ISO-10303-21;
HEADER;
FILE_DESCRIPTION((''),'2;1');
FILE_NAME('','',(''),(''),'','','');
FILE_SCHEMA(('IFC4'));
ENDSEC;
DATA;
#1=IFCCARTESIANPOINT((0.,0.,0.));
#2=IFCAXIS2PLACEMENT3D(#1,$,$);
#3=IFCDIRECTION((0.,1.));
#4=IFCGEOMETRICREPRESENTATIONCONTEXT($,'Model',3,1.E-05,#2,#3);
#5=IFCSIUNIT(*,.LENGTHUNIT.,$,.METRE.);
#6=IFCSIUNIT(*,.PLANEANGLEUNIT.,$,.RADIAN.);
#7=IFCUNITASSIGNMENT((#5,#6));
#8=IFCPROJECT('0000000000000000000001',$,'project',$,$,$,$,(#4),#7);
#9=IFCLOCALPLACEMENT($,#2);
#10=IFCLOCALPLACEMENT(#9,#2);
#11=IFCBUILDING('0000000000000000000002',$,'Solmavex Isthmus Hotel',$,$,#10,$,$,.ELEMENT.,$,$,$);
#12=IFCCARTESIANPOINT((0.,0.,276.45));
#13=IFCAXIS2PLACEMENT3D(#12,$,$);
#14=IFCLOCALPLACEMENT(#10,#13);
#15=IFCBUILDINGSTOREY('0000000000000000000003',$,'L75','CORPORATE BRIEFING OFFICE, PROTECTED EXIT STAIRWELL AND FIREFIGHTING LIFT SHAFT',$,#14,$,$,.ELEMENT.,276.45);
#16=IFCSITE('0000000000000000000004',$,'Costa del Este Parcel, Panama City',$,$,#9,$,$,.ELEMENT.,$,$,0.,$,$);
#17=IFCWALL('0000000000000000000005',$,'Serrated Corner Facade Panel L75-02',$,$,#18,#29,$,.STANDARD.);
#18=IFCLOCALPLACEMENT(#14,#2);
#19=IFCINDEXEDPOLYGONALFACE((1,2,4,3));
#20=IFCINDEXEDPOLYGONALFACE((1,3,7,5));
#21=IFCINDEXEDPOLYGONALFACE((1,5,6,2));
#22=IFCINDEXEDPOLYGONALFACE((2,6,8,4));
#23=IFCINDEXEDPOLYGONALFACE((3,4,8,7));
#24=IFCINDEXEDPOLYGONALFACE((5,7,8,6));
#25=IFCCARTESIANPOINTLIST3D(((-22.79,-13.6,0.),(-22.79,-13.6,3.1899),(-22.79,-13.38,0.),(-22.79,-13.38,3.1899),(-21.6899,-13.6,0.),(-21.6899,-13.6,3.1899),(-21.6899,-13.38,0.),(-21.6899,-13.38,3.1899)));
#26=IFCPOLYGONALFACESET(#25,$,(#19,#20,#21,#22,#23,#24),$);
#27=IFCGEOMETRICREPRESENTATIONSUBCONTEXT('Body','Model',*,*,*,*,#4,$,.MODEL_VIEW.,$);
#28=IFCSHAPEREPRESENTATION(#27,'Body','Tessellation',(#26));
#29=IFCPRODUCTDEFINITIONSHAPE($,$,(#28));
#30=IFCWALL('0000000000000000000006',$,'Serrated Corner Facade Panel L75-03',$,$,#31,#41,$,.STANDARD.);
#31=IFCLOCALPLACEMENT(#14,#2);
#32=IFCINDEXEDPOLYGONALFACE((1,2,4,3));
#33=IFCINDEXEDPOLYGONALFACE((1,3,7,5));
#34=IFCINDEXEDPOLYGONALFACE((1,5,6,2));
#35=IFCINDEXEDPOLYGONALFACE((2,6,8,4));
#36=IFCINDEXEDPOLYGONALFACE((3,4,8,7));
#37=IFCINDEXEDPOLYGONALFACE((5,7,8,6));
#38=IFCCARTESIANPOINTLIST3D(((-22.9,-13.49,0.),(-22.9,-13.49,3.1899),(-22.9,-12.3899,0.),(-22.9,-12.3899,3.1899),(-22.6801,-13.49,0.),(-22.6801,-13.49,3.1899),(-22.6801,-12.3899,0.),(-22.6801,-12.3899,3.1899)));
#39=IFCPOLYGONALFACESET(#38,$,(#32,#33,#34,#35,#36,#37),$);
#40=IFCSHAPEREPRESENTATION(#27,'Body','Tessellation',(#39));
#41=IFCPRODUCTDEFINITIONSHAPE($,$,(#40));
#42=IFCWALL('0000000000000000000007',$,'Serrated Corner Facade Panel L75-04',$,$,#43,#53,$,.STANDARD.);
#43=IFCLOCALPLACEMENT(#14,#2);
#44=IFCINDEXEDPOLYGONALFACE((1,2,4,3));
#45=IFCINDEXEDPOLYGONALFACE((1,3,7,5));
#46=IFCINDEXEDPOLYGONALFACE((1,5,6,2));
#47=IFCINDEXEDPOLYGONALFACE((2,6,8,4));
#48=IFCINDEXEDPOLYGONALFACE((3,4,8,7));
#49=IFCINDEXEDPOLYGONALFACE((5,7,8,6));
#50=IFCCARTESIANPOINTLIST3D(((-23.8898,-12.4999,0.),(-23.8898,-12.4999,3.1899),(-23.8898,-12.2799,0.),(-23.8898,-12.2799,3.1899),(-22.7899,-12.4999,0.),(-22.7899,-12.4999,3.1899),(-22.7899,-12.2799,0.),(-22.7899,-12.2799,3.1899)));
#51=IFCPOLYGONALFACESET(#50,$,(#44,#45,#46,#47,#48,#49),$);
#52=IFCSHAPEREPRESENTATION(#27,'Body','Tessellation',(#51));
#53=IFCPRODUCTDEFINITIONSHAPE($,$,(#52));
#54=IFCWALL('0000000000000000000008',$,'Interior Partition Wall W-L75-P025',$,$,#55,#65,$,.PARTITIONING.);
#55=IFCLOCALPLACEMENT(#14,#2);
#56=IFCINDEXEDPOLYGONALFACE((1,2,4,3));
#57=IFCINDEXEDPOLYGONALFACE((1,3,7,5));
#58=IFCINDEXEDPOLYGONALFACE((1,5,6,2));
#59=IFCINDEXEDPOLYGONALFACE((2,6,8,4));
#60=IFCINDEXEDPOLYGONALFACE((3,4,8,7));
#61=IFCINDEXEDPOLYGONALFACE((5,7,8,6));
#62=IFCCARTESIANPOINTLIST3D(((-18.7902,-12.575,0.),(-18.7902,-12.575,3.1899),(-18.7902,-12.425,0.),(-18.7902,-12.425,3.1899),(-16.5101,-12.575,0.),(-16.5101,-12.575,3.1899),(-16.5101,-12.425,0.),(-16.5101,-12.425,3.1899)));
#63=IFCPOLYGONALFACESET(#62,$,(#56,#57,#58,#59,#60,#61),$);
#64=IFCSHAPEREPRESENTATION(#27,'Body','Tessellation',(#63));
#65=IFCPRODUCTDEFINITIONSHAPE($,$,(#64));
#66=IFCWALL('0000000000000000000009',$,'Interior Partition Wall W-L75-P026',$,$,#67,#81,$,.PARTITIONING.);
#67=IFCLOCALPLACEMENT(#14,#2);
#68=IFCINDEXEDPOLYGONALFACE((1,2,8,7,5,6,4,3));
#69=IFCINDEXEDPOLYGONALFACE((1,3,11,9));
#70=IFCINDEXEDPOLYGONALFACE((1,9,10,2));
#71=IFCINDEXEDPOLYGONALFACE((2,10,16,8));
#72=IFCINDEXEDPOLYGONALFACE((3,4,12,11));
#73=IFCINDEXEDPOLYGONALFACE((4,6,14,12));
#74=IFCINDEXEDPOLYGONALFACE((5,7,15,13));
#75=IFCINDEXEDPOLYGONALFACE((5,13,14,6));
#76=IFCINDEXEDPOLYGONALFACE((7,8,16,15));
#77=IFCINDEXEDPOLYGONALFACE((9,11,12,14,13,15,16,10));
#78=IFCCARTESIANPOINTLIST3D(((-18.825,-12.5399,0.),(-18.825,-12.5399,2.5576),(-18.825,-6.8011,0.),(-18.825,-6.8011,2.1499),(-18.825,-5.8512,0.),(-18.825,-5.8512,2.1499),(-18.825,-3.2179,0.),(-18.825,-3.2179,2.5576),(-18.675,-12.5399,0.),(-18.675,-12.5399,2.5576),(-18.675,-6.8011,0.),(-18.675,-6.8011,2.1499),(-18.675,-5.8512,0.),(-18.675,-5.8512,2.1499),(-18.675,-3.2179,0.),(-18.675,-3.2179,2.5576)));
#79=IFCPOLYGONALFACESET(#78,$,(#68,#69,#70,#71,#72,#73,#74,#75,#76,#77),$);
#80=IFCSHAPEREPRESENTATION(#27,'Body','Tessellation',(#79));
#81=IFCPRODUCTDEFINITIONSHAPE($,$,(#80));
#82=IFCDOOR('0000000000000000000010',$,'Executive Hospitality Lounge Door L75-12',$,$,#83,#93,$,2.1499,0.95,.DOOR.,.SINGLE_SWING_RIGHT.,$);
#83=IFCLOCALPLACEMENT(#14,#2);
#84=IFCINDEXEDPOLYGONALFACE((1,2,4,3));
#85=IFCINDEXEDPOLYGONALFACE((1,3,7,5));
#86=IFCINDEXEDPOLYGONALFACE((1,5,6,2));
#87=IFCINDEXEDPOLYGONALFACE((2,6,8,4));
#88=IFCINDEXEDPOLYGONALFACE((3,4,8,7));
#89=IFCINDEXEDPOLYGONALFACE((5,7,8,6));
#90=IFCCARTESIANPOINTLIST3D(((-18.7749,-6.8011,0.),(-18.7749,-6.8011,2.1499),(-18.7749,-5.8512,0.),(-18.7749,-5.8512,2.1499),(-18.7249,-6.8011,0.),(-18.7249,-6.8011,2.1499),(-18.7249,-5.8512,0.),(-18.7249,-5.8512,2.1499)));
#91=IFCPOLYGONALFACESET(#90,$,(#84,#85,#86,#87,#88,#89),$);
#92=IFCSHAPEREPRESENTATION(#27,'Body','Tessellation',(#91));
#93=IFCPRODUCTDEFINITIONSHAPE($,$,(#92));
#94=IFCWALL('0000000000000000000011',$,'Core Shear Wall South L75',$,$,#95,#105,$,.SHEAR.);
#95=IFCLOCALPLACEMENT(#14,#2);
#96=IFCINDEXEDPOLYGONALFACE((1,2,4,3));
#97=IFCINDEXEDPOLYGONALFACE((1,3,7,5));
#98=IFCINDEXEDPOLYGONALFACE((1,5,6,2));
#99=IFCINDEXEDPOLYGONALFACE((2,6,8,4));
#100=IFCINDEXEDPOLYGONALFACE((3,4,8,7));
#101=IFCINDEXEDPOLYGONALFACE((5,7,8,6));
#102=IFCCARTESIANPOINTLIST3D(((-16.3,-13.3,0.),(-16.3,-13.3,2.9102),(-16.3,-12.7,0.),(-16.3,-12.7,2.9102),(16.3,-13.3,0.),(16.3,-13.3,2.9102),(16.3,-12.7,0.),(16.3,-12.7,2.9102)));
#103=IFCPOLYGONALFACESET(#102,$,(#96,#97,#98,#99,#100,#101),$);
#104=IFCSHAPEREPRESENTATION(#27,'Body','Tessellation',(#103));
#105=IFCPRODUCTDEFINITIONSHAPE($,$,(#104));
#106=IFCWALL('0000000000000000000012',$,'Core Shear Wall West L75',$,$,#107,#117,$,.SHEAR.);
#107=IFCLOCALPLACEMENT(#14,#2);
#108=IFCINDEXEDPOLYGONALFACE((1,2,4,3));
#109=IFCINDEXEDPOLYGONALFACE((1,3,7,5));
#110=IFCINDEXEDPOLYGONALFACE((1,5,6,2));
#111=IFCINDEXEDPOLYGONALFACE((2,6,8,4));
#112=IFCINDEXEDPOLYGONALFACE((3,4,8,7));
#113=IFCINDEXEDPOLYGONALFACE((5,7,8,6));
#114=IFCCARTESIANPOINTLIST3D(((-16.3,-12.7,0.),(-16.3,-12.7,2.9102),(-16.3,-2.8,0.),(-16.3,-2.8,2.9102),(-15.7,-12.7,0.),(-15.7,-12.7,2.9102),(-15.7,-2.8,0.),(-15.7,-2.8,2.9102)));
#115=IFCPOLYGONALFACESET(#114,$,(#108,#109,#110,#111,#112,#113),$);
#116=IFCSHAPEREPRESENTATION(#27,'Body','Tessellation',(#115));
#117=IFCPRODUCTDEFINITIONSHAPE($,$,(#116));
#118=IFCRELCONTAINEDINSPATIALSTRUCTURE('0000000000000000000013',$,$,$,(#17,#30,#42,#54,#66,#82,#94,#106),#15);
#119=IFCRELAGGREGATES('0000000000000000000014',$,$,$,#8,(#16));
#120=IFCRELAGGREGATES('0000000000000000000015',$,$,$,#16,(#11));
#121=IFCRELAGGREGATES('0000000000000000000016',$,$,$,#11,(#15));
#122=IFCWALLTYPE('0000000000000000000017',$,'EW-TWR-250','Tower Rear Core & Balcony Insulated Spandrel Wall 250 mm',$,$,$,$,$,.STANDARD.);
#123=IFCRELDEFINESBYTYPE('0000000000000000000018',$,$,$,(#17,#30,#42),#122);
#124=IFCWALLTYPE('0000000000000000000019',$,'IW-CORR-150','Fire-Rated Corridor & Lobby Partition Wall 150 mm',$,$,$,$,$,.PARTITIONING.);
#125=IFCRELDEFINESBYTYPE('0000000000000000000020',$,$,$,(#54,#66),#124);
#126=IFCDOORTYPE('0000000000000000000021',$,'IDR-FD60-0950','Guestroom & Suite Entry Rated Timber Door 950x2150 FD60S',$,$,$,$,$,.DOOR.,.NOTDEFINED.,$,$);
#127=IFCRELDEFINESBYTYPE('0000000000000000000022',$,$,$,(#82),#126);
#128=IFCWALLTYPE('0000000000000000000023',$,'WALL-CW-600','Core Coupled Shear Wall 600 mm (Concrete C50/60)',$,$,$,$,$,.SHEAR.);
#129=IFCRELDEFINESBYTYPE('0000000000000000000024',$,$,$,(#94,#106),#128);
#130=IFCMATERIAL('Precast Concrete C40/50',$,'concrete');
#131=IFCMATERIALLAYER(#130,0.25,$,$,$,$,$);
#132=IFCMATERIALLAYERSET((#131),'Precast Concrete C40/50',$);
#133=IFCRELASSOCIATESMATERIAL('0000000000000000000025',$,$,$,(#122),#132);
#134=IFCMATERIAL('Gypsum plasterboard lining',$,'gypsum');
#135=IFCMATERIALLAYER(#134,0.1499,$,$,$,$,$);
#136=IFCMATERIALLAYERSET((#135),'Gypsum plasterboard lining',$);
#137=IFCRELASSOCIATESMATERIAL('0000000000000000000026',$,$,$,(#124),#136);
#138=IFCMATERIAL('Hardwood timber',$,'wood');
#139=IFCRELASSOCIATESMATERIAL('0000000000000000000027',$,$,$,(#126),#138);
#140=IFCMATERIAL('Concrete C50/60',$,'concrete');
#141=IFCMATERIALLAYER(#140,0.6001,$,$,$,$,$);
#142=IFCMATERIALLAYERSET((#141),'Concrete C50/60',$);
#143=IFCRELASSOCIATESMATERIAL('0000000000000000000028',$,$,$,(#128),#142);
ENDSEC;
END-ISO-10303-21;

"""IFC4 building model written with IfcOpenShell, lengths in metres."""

from ifc_helpers import new_model, si_unit, direction, frame, frame_2d, origin, place, context, subcontext, project, spatial, rectangle, extrude, material, layer, layer_set, type_object, element, fill, save


model = new_model("IFC4")

# Units and contexts
model_context = context("Model", 3, precision=1e-05, world=origin(), true_north=direction((0.0, 1.0)))
body_context = subcontext(model_context, "Body", "Model", "MODEL_VIEW")
ifc_project = project(units=[si_unit("LENGTHUNIT", "METRE"), si_unit("PLANEANGLEUNIT", "RADIAN")], contexts=[model_context])

# Site, building, storey
site_placement = place(None, origin())
site = spatial("IfcSite", under=ifc_project, at=site_placement, Name="Costa del Este Parcel, Panama City", CompositionType="ELEMENT", RefElevation=0.0)
building_placement = place(site_placement, origin())
building = spatial("IfcBuilding", under=site, at=building_placement, Name="Solmavex Isthmus Hotel", CompositionType="ELEMENT")
storey_placement = place(building_placement, frame((0.0, 0.0, 276.45)))
storey = spatial("IfcBuildingStorey", under=building, at=storey_placement, Name="L75", Description="CORPORATE BRIEFING OFFICE, PROTECTED EXIT STAIRWELL AND FIREFIGHTING LIFT SHAFT", CompositionType="ELEMENT", Elevation=276.45)

# Shared definitions
ifc_material_1 = material(Name="Concrete C50/60", Category="concrete")

# Shared definitions
ifc_material_2 = material(Name="Precast Concrete C40/50", Category="concrete")
ifc_layer_1 = layer(ifc_material_2, 0.25)
ifc_layer_set_1 = layer_set([ifc_layer_1], Name="Precast Concrete C40/50")
wall_type_1 = type_object("IfcWallType", Name="EW-TWR-250", Description="Tower Rear Core & Balcony Insulated Spandrel Wall 250 mm", PredefinedType="STANDARD", material=ifc_layer_set_1)

# Walls
for number, where, z_axis, x_axis, name in (
    (1, (-21.6899, -13.49, 0.0), (0.0, 0.0, 1.0), (-1.0, 0.0, 0.0), "Serrated Corner Facade Panel L75-02"),
    (2, (-22.79, -13.49, 0.0), (0.0, 0.0, 1.0), (0.0, 1.0, 0.0), "Serrated Corner Facade Panel L75-03"),
):
    element("IfcWall", number, at=place(storey_placement, frame(where, z_axis=z_axis, x_axis=x_axis)), inside=storey, type_object=wall_type_1, Name=name, PredefinedType="STANDARD", context=body_context, shape_type="SweptSolid", body=[
        extrude(rectangle(XDim=1.1001, YDim=0.22, at=frame_2d((0.55, 0.0))), origin(), (0.0, 0.0, 1.0), 3.1899),
    ])
wall_1_placement = place(storey_placement, frame((-22.79, -12.3899, 0.0), z_axis=(0.0, 0.0, 1.0), x_axis=(-1.0, 0.0, 0.0)))
element("IfcWall", 3, at=wall_1_placement, inside=storey, type_object=wall_type_1, Name="Serrated Corner Facade Panel L75-04", PredefinedType="STANDARD", context=body_context, shape_type="SweptSolid", body=[
    extrude(rectangle(XDim=1.0999, YDim=0.22, at=frame_2d((0.5498, 0.0))), origin(), (0.0, 0.0, 1.0), 3.1899),
])
ifc_material_3 = material(Name="Gypsum plasterboard lining", Category="gypsum")
ifc_layer_2 = layer(ifc_material_3, 0.1499)
ifc_layer_set_2 = layer_set([ifc_layer_2], Name="Gypsum plasterboard lining")
wall_type_2 = type_object("IfcWallType", Name="IW-CORR-150", Description="Fire-Rated Corridor & Lobby Partition Wall 150 mm", PredefinedType="PARTITIONING", material=ifc_layer_set_2)
wall_2_placement = place(storey_placement, frame((-16.51, -12.5, 0.0), z_axis=(0.0, 0.0, 1.0), x_axis=(-1.0, 0.0, 0.0)))
element("IfcWall", 4, at=wall_2_placement, inside=storey, type_object=wall_type_2, Name="Interior Partition Wall W-L75-P025", PredefinedType="PARTITIONING", context=body_context, shape_type="SweptSolid", body=[
    extrude(rectangle(XDim=2.28, YDim=0.1499, at=frame_2d((1.1401, 0.0))), origin(), (0.0, 0.0, 1.0), 3.1899),
])

# Wall, opening, door
wall_3_placement = place(storey_placement, frame((-18.75, -12.54, 0.0), z_axis=(0.0, 0.0, 1.0), x_axis=(0.0, 1.0, 0.0)))
wall_3 = element("IfcWall", 5, at=wall_3_placement, inside=storey, type_object=wall_type_2, Name="Interior Partition Wall W-L75-P026", PredefinedType="PARTITIONING", context=body_context, shape_type="SweptSolid", body=[
    extrude(rectangle(XDim=9.322, YDim=0.1499, at=frame_2d((4.6611, 0.0))), origin(), (0.0, 0.0, 1.0), 2.5576),
])
opening_1_placement = place(wall_3_placement, frame((5.7388, 0.0, 0.0)))
opening_1 = element("IfcOpeningElement", 6, at=opening_1_placement, cuts=wall_3, PredefinedType="OPENING", context=body_context, shape_type="SweptSolid", body=[
    extrude(rectangle(XDim=0.95, YDim=2.1499, at=frame_2d((0.4751, 1.075))), frame((0.0, 0.085, 0.0), z_axis=(0.0, -1.0, 0.0), x_axis=(1.0, 0.0, 0.0)), (0.0, 0.0, 1.0), 0.1699),
])
ifc_material_4 = material(Name="Hardwood timber", Category="wood")
door_type = type_object("IfcDoorType", Name="IDR-FD60-0950", Description="Guestroom & Suite Entry Rated Timber Door 950x2150 FD60S", OperationType="NOTDEFINED", PredefinedType="DOOR", material=ifc_material_4)
door_placement = place(opening_1_placement, origin())
door = element("IfcDoor", 7, at=door_placement, inside=storey, type_object=door_type, Name="Executive Hospitality Lounge Door L75-12", OperationType="SINGLE_SWING_RIGHT", OverallHeight=2.1499, OverallWidth=0.95, PredefinedType="DOOR", context=body_context, shape_type="SweptSolid", body=[
    extrude(rectangle(XDim=0.95, YDim=2.1499, at=frame_2d((0.4751, 1.075))), frame((0.0, 0.0249, 0.0), z_axis=(0.0, -1.0, 0.0), x_axis=(1.0, 0.0, 0.0)), (0.0, 0.0, 1.0), 0.05),
])
fill(opening_1, door)

# Walls
ifc_layer_3 = layer(ifc_material_1, 0.6001)
ifc_layer_set_3 = layer_set([ifc_layer_3], Name="Concrete C50/60")
wall_type_3 = type_object("IfcWallType", Name="WALL-CW-600", Description="Core Coupled Shear Wall 600 mm (Concrete C50/60)", PredefinedType="SHEAR", material=ifc_layer_set_3)
wall_4_placement = place(storey_placement, frame((-16.3, -13.0, 0.0), z_axis=(0.0, 0.0, 1.0), x_axis=(1.0, 0.0, 0.0)))
element("IfcWall", 8, at=wall_4_placement, inside=storey, type_object=wall_type_3, Name="Core Shear Wall South L75", PredefinedType="SHEAR", context=body_context, shape_type="SweptSolid", body=[
    extrude(rectangle(XDim=32.6001, YDim=0.6001, at=frame_2d((16.3, 0.0))), origin(), (0.0, 0.0, 1.0), 2.9102),
])
wall_5_placement = place(storey_placement, frame((-16.0, -12.7, 0.0), z_axis=(0.0, 0.0, 1.0), x_axis=(0.0, 1.0, 0.0)))
element("IfcWall", 9, at=wall_5_placement, inside=storey, type_object=wall_type_3, Name="Core Shear Wall West L75", PredefinedType="SHEAR", context=body_context, shape_type="SweptSolid", body=[
    extrude(rectangle(XDim=9.8999, YDim=0.6001, at=frame_2d((4.95, 0.0))), origin(), (0.0, 0.0, 1.0), 2.9102),
])

save(model, "model.ifc")
